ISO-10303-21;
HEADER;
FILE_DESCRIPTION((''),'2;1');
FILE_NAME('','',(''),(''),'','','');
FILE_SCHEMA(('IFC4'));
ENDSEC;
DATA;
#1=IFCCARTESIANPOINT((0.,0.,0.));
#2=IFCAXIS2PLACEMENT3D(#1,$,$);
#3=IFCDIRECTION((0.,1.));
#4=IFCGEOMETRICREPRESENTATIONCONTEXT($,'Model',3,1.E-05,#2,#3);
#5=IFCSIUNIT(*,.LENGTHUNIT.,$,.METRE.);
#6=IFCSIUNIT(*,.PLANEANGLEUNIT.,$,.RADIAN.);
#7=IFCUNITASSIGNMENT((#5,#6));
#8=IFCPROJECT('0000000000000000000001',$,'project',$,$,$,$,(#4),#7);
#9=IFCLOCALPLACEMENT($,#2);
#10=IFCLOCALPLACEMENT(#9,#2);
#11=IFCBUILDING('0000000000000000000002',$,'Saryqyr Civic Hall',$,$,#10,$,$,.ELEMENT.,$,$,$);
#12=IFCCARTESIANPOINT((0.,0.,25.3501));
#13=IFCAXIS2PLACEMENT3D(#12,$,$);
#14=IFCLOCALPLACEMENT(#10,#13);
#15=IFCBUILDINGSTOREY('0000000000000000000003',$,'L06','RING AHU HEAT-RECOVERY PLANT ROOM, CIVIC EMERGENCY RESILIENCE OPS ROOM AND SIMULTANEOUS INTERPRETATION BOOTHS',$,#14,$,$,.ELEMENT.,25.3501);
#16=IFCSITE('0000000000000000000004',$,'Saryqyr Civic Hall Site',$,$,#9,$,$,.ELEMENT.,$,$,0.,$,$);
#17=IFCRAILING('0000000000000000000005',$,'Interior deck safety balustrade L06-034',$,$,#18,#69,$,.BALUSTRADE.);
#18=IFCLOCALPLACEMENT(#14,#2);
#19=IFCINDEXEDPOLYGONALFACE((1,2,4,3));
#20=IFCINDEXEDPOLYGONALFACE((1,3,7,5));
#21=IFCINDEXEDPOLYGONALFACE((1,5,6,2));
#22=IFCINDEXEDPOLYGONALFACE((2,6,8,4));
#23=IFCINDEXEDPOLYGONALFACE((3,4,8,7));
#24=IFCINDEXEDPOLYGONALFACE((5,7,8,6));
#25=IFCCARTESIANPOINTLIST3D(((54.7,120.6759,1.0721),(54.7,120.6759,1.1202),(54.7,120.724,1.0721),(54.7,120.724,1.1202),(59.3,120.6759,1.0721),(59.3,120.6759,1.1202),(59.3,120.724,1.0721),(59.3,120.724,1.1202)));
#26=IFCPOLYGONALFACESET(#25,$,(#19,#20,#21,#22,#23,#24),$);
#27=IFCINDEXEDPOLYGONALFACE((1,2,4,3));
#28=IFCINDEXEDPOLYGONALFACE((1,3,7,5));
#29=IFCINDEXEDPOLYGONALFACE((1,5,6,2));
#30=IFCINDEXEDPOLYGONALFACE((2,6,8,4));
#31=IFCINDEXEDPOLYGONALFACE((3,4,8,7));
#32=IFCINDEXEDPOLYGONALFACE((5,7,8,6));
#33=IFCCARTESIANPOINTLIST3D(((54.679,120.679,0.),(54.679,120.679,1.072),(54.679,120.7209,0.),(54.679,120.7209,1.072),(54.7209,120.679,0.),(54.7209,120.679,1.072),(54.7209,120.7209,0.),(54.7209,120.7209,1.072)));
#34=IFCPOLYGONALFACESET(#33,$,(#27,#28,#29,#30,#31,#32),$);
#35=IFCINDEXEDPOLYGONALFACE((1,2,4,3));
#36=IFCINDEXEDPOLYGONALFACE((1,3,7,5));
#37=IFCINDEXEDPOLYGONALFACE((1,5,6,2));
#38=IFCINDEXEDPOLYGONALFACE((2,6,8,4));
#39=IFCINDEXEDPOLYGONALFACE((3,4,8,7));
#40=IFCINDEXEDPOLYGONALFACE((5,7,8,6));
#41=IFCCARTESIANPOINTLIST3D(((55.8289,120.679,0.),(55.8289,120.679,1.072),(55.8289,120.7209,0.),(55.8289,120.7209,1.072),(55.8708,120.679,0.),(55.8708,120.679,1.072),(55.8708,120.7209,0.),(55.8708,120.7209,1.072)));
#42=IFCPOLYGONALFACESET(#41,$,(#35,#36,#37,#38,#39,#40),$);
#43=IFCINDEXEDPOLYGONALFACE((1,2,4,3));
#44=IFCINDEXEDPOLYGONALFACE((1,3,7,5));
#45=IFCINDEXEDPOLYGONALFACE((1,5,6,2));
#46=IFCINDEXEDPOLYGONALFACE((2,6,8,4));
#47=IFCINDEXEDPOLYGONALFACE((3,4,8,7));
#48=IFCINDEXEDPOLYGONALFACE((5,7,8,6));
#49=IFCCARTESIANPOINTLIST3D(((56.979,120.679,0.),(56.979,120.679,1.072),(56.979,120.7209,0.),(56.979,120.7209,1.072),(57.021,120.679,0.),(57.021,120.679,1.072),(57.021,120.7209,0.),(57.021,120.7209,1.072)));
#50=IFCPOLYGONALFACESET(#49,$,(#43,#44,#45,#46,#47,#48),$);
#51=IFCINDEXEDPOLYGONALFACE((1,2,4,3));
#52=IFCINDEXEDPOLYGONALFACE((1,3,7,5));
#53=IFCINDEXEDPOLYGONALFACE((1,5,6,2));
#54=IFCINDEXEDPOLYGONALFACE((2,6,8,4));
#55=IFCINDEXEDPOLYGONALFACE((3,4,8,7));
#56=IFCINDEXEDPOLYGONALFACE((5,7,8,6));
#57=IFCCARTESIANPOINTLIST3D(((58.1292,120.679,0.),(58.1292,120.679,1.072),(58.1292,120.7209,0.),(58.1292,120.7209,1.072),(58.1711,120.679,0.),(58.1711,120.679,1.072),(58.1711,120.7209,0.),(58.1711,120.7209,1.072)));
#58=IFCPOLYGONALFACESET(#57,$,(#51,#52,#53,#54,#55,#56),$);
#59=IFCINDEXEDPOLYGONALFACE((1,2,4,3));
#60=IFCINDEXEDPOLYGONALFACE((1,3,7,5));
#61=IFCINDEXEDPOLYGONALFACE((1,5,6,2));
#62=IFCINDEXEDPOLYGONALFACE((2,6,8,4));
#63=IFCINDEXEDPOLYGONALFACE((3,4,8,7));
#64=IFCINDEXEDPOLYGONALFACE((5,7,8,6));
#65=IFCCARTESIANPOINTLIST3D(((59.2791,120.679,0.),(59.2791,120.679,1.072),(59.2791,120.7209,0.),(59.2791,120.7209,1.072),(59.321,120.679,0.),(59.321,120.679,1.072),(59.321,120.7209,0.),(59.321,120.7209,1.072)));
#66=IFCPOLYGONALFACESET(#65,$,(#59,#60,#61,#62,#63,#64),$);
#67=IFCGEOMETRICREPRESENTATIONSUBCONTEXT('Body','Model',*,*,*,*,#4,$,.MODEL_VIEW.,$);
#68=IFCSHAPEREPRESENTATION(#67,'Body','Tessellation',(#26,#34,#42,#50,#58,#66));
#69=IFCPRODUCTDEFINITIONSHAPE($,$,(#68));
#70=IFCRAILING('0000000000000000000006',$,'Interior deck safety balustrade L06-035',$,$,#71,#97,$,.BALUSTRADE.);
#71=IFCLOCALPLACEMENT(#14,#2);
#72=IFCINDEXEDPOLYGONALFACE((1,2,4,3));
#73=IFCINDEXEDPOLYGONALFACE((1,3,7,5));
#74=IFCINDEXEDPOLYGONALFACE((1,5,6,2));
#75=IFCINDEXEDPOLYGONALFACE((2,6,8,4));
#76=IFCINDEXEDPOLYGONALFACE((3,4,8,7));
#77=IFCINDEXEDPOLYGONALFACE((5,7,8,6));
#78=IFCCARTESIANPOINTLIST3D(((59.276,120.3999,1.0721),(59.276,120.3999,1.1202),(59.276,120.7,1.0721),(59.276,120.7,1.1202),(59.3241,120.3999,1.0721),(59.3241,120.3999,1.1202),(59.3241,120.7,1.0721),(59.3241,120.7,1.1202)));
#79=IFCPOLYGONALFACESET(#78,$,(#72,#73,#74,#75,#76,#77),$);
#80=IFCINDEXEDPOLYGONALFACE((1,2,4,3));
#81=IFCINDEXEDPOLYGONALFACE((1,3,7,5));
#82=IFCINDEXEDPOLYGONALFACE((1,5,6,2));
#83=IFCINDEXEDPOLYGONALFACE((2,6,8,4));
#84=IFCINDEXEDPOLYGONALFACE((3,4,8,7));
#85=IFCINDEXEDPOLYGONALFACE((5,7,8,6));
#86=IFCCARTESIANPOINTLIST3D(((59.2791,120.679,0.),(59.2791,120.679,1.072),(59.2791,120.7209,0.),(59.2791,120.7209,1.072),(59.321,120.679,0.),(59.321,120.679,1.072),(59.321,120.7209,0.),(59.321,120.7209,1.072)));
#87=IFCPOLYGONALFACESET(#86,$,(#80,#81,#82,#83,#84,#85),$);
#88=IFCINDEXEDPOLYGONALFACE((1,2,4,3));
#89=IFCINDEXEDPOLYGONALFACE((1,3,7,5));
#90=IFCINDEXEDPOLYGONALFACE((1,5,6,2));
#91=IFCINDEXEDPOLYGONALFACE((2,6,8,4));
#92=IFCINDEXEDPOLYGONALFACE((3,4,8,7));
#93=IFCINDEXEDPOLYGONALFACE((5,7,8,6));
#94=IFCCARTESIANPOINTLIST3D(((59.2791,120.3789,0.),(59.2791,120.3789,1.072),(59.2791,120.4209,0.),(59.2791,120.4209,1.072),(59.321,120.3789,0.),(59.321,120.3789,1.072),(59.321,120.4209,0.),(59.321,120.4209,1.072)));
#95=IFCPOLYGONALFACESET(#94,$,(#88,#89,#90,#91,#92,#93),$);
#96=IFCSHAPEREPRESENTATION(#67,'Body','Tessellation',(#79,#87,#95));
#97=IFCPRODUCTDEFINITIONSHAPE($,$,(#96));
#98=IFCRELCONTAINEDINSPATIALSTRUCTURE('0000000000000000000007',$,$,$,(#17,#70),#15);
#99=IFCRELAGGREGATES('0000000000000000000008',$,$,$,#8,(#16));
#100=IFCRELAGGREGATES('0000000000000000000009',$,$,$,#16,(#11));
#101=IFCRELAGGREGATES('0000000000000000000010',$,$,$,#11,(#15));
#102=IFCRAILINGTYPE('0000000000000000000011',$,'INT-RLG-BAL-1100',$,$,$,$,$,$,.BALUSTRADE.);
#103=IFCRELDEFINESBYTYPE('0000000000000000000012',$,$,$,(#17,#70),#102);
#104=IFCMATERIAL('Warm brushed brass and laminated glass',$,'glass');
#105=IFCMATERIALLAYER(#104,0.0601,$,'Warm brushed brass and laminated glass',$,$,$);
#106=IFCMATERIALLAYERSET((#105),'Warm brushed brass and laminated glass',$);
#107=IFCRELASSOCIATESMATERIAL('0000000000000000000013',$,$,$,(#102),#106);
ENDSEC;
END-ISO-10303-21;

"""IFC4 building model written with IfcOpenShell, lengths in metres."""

from ifc_helpers import new_model, si_unit, direction, frame, origin, origin_2d, place, context, subcontext, project, spatial, rectangle, extrude, material, layer, layer_set, type_object, element, save


model = new_model("IFC4")

# Units and contexts
model_context = context("Model", 3, precision=1e-05, world=origin(), true_north=direction((0.0, 1.0)))
body_context = subcontext(model_context, "Body", "Model", "MODEL_VIEW")
ifc_project = project(units=[si_unit("LENGTHUNIT", "METRE"), si_unit("PLANEANGLEUNIT", "RADIAN")], contexts=[model_context])

# Site, building, storey
site_placement = place(None, origin())
site = spatial("IfcSite", under=ifc_project, at=site_placement, Name="Saryqyr Civic Hall Site", CompositionType="ELEMENT", RefElevation=0.0)
building_placement = place(site_placement, origin())
building = spatial("IfcBuilding", under=site, at=building_placement, Name="Saryqyr Civic Hall", CompositionType="ELEMENT")
storey_placement = place(building_placement, frame((0.0, 0.0, 25.3501)))
storey = spatial("IfcBuildingStorey", under=building, at=storey_placement, Name="L06", Description="RING AHU HEAT-RECOVERY PLANT ROOM, CIVIC EMERGENCY RESILIENCE OPS ROOM AND SIMULTANEOUS INTERPRETATION BOOTHS", CompositionType="ELEMENT", Elevation=25.3501)

# Railings
ifc_material_1 = material(Name="Warm brushed brass and laminated glass", Category="glass")
ifc_layer_1 = layer(ifc_material_1, 0.0601, Name="Warm brushed brass and laminated glass")
ifc_layer_set_1 = layer_set([ifc_layer_1], Name="Warm brushed brass and laminated glass")
railing_type = type_object("IfcRailingType", Name="INT-RLG-BAL-1100", PredefinedType="BALUSTRADE", material=ifc_layer_set_1)
railing_1_placement = place(storey_placement, frame((54.7, 120.7, 0.0)))
element("IfcRailing", 1, at=railing_1_placement, inside=storey, type_object=railing_type, Name="Interior deck safety balustrade L06-034", PredefinedType="BALUSTRADE", context=body_context, shape_type="SweptSolid", body=[
    extrude(rectangle(XDim=0.0481, YDim=0.0481, at=origin_2d()), frame((0.0, 0.0, 1.0962), z_axis=(1.0, 0.0, 0.0), x_axis=(0.0, 1.0, 0.0)), (0.0, 0.0, 1.0), 4.6001),
    extrude(rectangle(XDim=0.042, YDim=0.042, at=origin_2d()), origin(), (0.0, 0.0, 1.0), 1.072),
    extrude(rectangle(XDim=0.042, YDim=0.042, at=origin_2d()), frame((1.1499, 0.0, 0.0)), (0.0, 0.0, 1.0), 1.072),
    extrude(rectangle(XDim=0.042, YDim=0.042, at=origin_2d()), frame((2.3, 0.0, 0.0)), (0.0, 0.0, 1.0), 1.072),
    extrude(rectangle(XDim=0.042, YDim=0.042, at=origin_2d()), frame((3.4502, 0.0, 0.0)), (0.0, 0.0, 1.0), 1.072),
    extrude(rectangle(XDim=0.042, YDim=0.042, at=origin_2d()), frame((4.6001, 0.0, 0.0)), (0.0, 0.0, 1.0), 1.072),
])
railing_2_placement = place(storey_placement, frame((59.3, 120.7, 0.0)))
element("IfcRailing", 2, at=railing_2_placement, inside=storey, type_object=railing_type, Name="Interior deck safety balustrade L06-035", PredefinedType="BALUSTRADE", context=body_context, shape_type="SweptSolid", body=[
    extrude(rectangle(XDim=0.0481, YDim=0.0481, at=origin_2d()), frame((0.0, 0.0, 1.0962), z_axis=(0.0, -1.0, 0.0), x_axis=(1.0, 0.0, 0.0)), (0.0, 0.0, 1.0), 0.3),
    extrude(rectangle(XDim=0.042, YDim=0.042, at=origin_2d()), origin(), (0.0, 0.0, 1.0), 1.072),
    extrude(rectangle(XDim=0.042, YDim=0.042, at=origin_2d()), frame((0.0, -0.3, 0.0)), (0.0, 0.0, 1.0), 1.072),
])

save(model, "model.ifc")
